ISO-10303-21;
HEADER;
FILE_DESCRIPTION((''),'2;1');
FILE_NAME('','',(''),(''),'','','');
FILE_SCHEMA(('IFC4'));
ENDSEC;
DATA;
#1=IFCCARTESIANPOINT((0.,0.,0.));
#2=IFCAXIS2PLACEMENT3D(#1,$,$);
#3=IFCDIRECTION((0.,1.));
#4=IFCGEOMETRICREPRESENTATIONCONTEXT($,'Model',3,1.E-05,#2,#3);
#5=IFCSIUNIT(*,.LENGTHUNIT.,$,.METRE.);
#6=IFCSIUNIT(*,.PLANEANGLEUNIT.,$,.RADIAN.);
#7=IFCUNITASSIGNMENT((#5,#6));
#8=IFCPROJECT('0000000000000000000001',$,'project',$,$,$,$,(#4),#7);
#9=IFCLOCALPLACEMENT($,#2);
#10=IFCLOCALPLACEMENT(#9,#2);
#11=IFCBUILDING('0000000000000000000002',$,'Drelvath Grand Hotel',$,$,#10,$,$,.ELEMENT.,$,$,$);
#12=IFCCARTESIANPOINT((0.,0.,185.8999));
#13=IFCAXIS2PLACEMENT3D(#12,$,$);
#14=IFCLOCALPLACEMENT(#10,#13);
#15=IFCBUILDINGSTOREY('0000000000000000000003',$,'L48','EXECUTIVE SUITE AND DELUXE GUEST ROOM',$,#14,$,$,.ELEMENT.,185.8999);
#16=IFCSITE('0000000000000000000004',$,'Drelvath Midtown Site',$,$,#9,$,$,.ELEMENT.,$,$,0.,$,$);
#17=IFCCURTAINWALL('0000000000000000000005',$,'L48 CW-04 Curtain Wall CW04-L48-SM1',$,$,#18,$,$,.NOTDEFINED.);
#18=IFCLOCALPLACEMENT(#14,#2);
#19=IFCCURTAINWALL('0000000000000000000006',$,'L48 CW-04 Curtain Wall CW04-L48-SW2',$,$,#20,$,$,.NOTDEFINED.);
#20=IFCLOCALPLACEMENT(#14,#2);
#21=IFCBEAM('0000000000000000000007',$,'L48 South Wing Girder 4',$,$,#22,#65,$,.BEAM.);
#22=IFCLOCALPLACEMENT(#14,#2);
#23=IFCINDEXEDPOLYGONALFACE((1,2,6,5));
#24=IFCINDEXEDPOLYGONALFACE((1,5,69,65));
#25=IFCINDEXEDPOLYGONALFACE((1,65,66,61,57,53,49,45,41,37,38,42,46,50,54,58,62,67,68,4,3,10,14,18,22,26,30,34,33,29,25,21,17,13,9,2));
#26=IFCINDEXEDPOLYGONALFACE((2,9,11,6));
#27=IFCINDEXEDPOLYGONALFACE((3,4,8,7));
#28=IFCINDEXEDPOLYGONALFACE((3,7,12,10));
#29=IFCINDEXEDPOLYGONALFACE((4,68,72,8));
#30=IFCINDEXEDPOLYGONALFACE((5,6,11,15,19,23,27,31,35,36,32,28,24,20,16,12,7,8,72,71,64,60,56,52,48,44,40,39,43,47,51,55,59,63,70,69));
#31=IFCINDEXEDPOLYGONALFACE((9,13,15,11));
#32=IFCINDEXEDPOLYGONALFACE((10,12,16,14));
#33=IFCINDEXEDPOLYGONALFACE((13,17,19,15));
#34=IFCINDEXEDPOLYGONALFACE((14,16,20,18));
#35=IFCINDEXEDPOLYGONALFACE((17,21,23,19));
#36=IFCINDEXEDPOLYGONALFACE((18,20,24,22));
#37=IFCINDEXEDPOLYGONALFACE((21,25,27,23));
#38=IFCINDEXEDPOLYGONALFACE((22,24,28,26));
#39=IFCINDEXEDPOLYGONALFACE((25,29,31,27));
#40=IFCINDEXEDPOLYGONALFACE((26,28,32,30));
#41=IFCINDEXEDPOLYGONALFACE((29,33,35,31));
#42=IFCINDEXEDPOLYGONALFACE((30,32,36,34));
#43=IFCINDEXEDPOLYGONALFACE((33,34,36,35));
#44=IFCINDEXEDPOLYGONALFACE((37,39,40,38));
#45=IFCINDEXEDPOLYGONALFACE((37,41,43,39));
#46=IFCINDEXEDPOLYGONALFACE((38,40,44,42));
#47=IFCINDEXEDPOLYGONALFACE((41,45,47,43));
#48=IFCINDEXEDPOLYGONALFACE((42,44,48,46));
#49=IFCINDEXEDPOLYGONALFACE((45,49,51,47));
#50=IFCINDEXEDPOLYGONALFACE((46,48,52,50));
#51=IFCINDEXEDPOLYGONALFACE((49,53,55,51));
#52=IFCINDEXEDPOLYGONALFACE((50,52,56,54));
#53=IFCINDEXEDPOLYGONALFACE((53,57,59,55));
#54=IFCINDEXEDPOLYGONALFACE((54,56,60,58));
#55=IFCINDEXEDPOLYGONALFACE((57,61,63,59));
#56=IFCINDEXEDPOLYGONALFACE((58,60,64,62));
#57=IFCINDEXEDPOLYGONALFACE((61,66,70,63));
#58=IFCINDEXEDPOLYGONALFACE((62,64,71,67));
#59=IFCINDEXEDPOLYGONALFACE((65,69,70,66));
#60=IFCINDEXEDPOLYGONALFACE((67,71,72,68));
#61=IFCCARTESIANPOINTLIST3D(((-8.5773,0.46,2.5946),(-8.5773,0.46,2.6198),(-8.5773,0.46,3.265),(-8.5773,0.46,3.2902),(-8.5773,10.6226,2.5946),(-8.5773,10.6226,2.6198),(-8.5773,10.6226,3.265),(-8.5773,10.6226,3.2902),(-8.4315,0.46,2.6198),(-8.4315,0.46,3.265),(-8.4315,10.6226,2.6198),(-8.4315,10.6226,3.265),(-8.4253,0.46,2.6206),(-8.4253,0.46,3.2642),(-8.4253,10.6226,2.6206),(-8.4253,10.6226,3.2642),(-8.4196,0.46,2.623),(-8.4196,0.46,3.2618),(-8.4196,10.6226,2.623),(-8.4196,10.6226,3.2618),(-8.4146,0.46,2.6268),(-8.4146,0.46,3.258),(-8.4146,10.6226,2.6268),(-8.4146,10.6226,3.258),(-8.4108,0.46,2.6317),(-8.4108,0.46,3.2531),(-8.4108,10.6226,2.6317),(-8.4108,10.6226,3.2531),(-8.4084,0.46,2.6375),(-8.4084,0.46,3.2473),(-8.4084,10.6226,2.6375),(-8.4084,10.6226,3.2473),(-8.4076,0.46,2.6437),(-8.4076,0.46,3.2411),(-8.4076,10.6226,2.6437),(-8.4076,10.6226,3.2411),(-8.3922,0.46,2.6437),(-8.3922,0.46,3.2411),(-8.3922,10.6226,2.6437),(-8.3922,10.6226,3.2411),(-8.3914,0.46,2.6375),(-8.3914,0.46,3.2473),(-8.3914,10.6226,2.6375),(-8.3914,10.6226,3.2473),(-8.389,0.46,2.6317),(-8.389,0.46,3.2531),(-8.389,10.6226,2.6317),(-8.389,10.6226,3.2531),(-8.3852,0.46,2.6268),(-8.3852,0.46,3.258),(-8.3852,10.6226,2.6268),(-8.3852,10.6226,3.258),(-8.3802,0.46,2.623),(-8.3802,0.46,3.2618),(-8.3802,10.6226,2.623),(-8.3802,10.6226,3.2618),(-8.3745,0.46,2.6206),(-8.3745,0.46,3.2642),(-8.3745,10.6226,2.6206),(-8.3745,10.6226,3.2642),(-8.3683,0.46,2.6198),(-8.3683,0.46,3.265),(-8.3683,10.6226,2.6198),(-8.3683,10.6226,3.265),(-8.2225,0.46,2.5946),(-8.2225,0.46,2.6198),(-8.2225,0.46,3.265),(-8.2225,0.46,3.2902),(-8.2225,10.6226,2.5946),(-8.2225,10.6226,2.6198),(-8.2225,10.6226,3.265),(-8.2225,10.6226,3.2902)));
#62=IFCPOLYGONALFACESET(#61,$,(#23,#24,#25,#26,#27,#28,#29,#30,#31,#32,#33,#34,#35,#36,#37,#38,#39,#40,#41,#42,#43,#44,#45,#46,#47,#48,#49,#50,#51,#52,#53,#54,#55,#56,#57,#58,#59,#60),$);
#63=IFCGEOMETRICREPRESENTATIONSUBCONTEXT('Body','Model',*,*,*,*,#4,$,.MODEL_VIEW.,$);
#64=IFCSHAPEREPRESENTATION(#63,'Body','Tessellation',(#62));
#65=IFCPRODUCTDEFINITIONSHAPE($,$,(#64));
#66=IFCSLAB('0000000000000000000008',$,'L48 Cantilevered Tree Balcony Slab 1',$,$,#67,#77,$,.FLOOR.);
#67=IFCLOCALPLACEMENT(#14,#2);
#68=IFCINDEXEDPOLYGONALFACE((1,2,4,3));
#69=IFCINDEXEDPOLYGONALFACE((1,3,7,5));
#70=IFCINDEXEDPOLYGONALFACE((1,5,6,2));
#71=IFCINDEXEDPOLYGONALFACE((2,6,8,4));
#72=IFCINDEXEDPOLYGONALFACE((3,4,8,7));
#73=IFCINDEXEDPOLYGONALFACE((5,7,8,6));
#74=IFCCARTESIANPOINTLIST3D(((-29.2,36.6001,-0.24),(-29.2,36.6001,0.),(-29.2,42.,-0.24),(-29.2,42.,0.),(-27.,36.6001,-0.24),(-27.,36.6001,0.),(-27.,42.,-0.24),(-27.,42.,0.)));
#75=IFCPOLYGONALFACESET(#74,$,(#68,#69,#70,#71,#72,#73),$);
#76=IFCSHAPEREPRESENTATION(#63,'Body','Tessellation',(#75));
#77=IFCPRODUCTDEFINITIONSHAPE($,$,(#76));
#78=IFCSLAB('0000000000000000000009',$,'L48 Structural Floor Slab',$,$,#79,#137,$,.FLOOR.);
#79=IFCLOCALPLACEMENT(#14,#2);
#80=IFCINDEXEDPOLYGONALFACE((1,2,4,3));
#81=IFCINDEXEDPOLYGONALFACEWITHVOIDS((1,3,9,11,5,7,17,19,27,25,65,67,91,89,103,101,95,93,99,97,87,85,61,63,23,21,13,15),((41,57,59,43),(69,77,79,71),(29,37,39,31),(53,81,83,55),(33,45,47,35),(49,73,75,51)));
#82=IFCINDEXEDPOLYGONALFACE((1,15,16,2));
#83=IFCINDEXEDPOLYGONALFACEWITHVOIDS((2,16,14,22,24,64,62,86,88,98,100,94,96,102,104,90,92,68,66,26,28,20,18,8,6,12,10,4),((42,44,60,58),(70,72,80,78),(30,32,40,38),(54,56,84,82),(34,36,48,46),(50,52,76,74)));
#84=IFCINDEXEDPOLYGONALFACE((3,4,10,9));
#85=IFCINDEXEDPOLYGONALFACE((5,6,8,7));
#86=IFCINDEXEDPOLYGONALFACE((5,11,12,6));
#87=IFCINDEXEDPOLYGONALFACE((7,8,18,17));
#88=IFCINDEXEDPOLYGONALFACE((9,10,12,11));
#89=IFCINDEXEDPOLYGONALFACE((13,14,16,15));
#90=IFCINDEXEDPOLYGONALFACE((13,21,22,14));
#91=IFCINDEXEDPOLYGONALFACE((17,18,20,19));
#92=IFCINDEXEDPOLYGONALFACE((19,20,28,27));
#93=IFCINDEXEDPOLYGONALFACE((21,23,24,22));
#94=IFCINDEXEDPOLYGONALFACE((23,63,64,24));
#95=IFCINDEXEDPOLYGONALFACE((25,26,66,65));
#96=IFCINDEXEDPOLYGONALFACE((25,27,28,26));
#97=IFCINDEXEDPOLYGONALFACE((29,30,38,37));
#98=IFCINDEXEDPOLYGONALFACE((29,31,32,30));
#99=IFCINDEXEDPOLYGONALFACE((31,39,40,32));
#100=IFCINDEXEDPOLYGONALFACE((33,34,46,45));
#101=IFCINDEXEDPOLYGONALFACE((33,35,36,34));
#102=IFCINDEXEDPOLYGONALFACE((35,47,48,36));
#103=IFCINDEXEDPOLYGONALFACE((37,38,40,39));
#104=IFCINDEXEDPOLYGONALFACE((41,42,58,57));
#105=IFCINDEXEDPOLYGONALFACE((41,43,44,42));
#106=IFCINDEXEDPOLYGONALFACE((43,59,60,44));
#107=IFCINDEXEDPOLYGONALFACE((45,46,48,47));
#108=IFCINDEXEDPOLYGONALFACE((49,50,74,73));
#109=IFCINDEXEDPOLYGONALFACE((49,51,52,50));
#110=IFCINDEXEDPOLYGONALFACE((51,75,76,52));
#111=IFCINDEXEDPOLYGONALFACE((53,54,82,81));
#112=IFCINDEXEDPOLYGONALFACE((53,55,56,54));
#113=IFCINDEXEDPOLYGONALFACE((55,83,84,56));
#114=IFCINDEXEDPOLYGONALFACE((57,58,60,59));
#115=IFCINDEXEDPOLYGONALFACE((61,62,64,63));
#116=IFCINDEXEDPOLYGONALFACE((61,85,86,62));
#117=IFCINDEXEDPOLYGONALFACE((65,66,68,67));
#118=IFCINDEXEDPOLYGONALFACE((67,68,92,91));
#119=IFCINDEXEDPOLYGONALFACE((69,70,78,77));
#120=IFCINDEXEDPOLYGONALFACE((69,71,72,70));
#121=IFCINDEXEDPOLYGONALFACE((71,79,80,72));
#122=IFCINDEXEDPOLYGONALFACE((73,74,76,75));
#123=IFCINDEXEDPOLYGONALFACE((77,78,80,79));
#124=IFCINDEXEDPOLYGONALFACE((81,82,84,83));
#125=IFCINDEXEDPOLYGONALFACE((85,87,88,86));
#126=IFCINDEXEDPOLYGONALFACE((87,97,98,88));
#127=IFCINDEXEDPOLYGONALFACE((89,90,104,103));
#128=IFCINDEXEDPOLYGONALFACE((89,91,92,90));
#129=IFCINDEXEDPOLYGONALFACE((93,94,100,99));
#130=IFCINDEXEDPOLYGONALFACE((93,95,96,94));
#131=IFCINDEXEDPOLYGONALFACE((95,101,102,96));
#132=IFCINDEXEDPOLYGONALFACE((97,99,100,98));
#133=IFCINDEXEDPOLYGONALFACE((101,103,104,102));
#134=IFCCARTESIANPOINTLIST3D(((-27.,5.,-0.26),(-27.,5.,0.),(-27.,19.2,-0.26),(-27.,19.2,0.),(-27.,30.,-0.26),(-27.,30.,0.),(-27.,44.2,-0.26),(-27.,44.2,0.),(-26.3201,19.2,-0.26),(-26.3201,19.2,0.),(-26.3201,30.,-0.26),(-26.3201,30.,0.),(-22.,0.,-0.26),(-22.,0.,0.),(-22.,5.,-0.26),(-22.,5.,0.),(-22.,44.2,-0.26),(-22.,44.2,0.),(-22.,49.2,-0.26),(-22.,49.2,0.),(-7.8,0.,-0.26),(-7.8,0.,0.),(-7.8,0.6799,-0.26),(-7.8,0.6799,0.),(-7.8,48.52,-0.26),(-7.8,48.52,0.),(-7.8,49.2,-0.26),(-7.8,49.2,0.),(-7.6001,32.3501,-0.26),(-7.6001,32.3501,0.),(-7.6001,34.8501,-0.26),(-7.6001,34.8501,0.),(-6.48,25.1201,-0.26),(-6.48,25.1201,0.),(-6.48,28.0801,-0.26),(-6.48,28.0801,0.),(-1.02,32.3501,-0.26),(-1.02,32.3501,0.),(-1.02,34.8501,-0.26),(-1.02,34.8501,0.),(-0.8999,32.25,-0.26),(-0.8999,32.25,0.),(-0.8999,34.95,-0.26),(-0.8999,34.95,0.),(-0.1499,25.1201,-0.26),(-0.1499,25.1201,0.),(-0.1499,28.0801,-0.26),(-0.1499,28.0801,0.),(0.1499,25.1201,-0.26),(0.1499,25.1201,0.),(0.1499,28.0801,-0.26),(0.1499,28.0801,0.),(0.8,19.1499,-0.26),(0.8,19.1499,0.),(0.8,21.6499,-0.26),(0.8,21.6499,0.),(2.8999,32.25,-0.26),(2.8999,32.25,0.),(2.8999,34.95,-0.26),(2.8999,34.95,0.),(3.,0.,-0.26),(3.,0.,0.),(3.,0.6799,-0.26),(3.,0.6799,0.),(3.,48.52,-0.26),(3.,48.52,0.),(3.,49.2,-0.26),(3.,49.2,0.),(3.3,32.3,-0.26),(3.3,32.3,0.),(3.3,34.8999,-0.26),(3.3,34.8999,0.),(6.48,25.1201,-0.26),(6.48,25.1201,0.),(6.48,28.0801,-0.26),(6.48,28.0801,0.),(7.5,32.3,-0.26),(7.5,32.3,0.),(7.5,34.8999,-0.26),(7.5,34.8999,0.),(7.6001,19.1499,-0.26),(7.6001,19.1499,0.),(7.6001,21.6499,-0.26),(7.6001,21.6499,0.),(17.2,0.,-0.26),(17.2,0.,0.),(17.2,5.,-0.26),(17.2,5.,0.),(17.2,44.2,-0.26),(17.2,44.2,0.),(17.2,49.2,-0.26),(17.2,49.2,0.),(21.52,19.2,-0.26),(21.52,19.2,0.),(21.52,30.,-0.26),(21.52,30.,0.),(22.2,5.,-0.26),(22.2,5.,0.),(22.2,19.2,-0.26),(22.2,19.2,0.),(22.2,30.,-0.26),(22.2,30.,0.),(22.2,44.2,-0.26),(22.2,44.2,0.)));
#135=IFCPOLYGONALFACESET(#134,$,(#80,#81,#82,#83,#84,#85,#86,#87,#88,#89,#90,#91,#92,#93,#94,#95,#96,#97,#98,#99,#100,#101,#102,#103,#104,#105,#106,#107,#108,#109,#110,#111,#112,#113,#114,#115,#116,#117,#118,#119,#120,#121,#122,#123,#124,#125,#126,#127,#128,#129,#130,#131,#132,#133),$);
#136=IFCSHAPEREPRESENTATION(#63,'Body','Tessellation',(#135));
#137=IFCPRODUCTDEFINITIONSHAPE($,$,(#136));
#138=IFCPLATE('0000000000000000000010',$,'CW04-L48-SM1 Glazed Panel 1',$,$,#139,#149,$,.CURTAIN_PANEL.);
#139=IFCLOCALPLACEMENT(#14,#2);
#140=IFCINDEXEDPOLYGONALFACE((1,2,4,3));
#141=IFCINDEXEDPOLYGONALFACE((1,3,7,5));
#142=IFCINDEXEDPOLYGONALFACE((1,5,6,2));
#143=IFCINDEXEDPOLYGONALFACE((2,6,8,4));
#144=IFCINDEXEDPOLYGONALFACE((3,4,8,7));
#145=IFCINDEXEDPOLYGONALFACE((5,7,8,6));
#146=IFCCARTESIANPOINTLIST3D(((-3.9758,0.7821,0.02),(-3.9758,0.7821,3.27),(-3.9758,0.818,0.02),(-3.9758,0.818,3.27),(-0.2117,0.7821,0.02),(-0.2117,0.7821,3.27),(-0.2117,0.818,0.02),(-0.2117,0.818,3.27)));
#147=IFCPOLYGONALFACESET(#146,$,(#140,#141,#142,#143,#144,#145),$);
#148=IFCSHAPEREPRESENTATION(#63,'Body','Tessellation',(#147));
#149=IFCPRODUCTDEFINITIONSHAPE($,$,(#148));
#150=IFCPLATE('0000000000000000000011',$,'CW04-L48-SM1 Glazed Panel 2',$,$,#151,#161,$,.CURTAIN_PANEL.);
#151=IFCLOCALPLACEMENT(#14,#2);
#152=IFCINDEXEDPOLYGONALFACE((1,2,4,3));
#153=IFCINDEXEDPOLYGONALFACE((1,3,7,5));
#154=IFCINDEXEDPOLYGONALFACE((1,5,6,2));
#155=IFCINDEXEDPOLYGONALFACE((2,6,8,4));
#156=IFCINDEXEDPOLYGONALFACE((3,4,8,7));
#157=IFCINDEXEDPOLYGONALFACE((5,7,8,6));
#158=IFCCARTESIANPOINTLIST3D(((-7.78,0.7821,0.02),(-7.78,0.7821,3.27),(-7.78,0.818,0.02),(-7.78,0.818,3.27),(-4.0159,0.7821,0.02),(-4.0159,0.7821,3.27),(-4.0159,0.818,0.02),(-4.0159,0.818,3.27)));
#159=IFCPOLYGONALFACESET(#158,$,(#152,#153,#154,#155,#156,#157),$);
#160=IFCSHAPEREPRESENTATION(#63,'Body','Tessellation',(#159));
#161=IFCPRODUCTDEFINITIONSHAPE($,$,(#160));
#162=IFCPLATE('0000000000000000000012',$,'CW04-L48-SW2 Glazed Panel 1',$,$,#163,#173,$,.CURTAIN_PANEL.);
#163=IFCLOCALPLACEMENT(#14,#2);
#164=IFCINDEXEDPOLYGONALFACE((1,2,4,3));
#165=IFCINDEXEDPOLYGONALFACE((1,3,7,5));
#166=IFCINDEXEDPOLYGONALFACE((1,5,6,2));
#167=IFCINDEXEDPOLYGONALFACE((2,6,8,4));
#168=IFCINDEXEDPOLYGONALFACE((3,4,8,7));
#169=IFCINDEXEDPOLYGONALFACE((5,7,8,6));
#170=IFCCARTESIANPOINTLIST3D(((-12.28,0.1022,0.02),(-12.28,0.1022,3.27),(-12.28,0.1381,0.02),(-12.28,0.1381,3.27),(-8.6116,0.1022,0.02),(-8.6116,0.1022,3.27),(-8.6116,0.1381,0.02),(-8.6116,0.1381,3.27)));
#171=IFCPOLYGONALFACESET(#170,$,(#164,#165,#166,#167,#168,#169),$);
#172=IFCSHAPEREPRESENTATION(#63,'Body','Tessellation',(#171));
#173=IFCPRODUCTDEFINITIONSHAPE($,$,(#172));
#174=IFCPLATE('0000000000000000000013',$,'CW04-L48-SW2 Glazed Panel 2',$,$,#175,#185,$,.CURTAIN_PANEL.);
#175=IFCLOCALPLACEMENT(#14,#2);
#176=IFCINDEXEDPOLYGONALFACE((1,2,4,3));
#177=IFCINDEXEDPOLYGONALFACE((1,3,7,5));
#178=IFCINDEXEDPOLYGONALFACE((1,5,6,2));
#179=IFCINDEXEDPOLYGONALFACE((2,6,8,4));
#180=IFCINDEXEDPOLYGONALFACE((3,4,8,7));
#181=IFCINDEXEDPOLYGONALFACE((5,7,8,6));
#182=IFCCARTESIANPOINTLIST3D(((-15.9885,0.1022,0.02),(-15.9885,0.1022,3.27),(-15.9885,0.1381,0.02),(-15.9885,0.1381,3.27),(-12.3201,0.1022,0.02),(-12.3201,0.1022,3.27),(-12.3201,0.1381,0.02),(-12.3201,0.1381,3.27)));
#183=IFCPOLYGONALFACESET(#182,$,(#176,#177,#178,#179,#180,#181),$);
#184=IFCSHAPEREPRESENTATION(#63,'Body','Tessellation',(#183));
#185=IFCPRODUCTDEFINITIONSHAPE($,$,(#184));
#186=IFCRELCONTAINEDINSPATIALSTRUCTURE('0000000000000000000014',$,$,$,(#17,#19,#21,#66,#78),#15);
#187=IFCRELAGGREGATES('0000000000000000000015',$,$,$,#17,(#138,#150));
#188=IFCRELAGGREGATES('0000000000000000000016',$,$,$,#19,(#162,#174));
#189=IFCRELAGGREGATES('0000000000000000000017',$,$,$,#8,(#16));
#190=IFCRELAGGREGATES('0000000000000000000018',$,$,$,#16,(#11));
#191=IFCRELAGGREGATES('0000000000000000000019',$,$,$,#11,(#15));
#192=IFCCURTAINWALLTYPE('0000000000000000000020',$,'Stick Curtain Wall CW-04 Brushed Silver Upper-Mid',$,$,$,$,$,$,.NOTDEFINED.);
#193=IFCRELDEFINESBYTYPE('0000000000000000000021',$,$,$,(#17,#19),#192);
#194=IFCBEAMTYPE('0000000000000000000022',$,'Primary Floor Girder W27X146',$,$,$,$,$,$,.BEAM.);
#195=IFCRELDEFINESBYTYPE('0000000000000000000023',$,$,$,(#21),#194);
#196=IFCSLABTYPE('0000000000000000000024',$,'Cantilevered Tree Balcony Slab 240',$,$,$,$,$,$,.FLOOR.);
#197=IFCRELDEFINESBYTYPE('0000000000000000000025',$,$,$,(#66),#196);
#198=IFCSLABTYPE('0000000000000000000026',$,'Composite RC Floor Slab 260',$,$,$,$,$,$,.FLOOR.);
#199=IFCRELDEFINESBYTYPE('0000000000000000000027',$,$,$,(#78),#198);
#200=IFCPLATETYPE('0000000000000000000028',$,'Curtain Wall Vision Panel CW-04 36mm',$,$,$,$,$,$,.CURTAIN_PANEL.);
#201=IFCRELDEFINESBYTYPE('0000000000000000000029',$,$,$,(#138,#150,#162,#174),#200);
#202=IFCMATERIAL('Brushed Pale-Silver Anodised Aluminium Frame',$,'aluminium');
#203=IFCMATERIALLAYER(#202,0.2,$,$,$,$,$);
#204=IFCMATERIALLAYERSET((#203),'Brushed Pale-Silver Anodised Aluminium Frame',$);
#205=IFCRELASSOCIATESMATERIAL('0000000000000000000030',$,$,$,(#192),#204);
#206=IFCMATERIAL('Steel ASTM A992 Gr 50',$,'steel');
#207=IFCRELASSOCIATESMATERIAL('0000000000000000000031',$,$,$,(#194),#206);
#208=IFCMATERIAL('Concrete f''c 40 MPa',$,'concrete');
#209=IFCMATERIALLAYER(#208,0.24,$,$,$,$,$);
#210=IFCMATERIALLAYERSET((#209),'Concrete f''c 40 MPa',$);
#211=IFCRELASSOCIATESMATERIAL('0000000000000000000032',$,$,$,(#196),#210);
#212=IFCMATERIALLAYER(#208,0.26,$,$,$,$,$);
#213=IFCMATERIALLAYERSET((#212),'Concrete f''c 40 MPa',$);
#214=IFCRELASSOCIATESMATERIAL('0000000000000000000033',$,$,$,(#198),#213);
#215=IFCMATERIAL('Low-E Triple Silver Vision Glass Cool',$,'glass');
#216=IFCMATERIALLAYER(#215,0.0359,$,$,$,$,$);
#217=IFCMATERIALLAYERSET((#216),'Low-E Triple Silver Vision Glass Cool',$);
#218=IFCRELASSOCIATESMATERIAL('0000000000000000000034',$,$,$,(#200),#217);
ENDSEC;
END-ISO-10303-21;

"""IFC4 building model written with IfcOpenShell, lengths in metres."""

from ifc_helpers import new_model, si_unit, direction, frame, origin, origin_2d, place, context, subcontext, project, spatial, polyline, rectangle, i_section, outline, extrude, material, layer, layer_set, material_profile, profile_set, type_object, element, aggregate, save


model = new_model("IFC4")

# Units and contexts
model_context = context("Model", 3, precision=1e-05, world=origin(), true_north=direction((0.0, 1.0)))
body_context = subcontext(model_context, "Body", "Model", "MODEL_VIEW")
ifc_project = project(units=[si_unit("LENGTHUNIT", "METRE"), si_unit("PLANEANGLEUNIT", "RADIAN")], contexts=[model_context])

# Site, building, storey
site_placement = place(None, origin())
site = spatial("IfcSite", under=ifc_project, at=site_placement, Name="Drelvath Midtown Site", CompositionType="ELEMENT", RefElevation=0.0)
building_placement = place(site_placement, origin())
building = spatial("IfcBuilding", under=site, at=building_placement, Name="Drelvath Grand Hotel", CompositionType="ELEMENT")
storey_placement = place(building_placement, frame((0.0, 0.0, 185.8999)))
storey = spatial("IfcBuildingStorey", under=building, at=storey_placement, Name="L48", Description="EXECUTIVE SUITE AND DELUXE GUEST ROOM", CompositionType="ELEMENT", Elevation=185.8999)

# Curtain walls
ifc_material_1 = material(Name="Brushed Pale-Silver Anodised Aluminium Frame", Category="aluminium")
ifc_layer_1 = layer(ifc_material_1, 0.2)
ifc_layer_set_1 = layer_set([ifc_layer_1], Name="Brushed Pale-Silver Anodised Aluminium Frame")
curtain_wall_type = type_object("IfcCurtainWallType", Name="Stick Curtain Wall CW-04 Brushed Silver Upper-Mid", PredefinedType="NOTDEFINED", material=ifc_layer_set_1)
curtain_wall_1_placement = place(storey_placement, origin())
curtain_wall_1 = element("IfcCurtainWall", 1, at=curtain_wall_1_placement, inside=storey, type_object=curtain_wall_type, Name="L48 CW-04 Curtain Wall CW04-L48-SM1", PredefinedType="NOTDEFINED")
curtain_wall_2_placement = place(storey_placement, origin())
curtain_wall_2 = element("IfcCurtainWall", 2, at=curtain_wall_2_placement, inside=storey, type_object=curtain_wall_type, Name="L48 CW-04 Curtain Wall CW04-L48-SW2", PredefinedType="NOTDEFINED")

# Beam
ifc_material_2 = material(Name="Steel ASTM A992 Gr 50", Category="steel")
ifc_material_profile_1 = material_profile(ifc_material_2, i_section(OverallWidth=0.3547, OverallDepth=0.6956, WebThickness=0.0154, FlangeThickness=0.0251, FilletRadius=0.0239, at=origin_2d()), Name="W27X146")
ifc_profile_set_1 = profile_set([ifc_material_profile_1], Name="Steel ASTM A992 Gr 50")
beam_type_1 = type_object("IfcBeamType", Name="Primary Floor Girder W27X146", PredefinedType="BEAM", material=ifc_profile_set_1)
beam_1_placement = place(storey_placement, frame((-8.3999, 0.46, 2.9424), z_axis=(0.0, 1.0, 0.0), x_axis=(-1.0, 0.0, 0.0)))
element("IfcBeam", 3, at=beam_1_placement, inside=storey, type_object=beam_type_1, Name="L48 South Wing Girder 4", PredefinedType="BEAM", context=body_context, shape_type="SweptSolid", body=[
    extrude(i_section(OverallWidth=0.3547, OverallDepth=0.6956, WebThickness=0.0154, FlangeThickness=0.0251, FilletRadius=0.0239, at=origin_2d()), origin(), (0.0, 0.0, 1.0), 10.1626),
])

# Slabs
ifc_material_3 = material(Name="Concrete f'c 40 MPa", Category="concrete")
ifc_layer_2 = layer(ifc_material_3, 0.24)
ifc_layer_set_2 = layer_set([ifc_layer_2], Name="Concrete f'c 40 MPa")
slab_type_1 = type_object("IfcSlabType", Name="Cantilevered Tree Balcony Slab 240", PredefinedType="FLOOR", material=ifc_layer_set_2)
slab_1_placement = place(storey_placement, frame((0.0, 0.0, -0.24)))
element("IfcSlab", 4, at=slab_1_placement, inside=storey, type_object=slab_type_1, Name="L48 Cantilevered Tree Balcony Slab 1", PredefinedType="FLOOR", context=body_context, shape_type="SweptSolid", body=[
    extrude(outline(polyline([(-29.2, 36.6001), (-27.0, 36.6001), (-27.0, 42.0), (-29.2, 42.0), (-29.2, 36.6001)])), origin(), (0.0, 0.0, 1.0), 0.24),
])
ifc_layer_3 = layer(ifc_material_3, 0.26)
ifc_layer_set_3 = layer_set([ifc_layer_3], Name="Concrete f'c 40 MPa")
slab_type_2 = type_object("IfcSlabType", Name="Composite RC Floor Slab 260", PredefinedType="FLOOR", material=ifc_layer_set_3)
slab_2_placement = place(storey_placement, frame((0.0, 0.0, -0.26)))
element("IfcSlab", 5, at=slab_2_placement, inside=storey, type_object=slab_type_2, Name="L48 Structural Floor Slab", PredefinedType="FLOOR", context=body_context, shape_type="SweptSolid", body=[
    extrude(outline(polyline([(-22.0, 0.0), (-7.8, 0.0), (-7.8, 0.6799), (3.0, 0.6799), (3.0, 0.0), (17.2, 0.0), (17.2, 5.0), (22.2, 5.0), (22.2, 19.2), (21.52, 19.2), (21.52, 30.0), (22.2, 30.0), (22.2, 44.2), (17.2, 44.2), (17.2, 49.2), (3.0, 49.2), (3.0, 48.52), (-7.8, 48.52), (-7.8, 49.2), (-22.0, 49.2), (-22.0, 44.2), (-27.0, 44.2), (-27.0, 30.0), (-26.3201, 30.0), (-26.3201, 19.2), (-27.0, 19.2), (-27.0, 5.0), (-22.0, 5.0), (-22.0, 0.0)]), holes=[polyline([(-6.48, 25.1201), (-6.48, 28.0801), (-0.1499, 28.0801), (-0.1499, 25.1201), (-6.48, 25.1201)]), polyline([(0.1499, 25.1201), (0.1499, 28.0801), (6.48, 28.0801), (6.48, 25.1201), (0.1499, 25.1201)]), polyline([(0.8, 19.1499), (0.8, 21.6499), (7.6001, 21.6499), (7.6001, 19.1499), (0.8, 19.1499)]), polyline([(-7.6001, 32.3501), (-7.6001, 34.8501), (-1.02, 34.8501), (-1.02, 32.3501), (-7.6001, 32.3501)]), polyline([(-0.8999, 32.25), (-0.8999, 34.95), (2.8999, 34.95), (2.8999, 32.25), (-0.8999, 32.25)]), polyline([(3.3, 32.3), (3.3, 34.8999), (7.5, 34.8999), (7.5, 32.3), (3.3, 32.3)])]), origin(), (0.0, 0.0, 1.0), 0.26),
])

# Plates
ifc_material_4 = material(Name="Low-E Triple Silver Vision Glass Cool", Category="glass")
ifc_layer_4 = layer(ifc_material_4, 0.0359)
ifc_layer_set_4 = layer_set([ifc_layer_4], Name="Low-E Triple Silver Vision Glass Cool")
plate_type = type_object("IfcPlateType", Name="Curtain Wall Vision Panel CW-04 36mm", PredefinedType="CURTAIN_PANEL", material=ifc_layer_set_4)
plate_1_placement = place(storey_placement, frame((-2.0938, 0.8, 0.02), z_axis=(0.0, 0.0, 1.0), x_axis=(-1.0, 0.0, 0.0)))
plate_1 = element("IfcPlate", 6, at=plate_1_placement, type_object=plate_type, Name="CW04-L48-SM1 Glazed Panel 1", PredefinedType="CURTAIN_PANEL", context=body_context, shape_type="SweptSolid", body=[
    extrude(rectangle(XDim=3.7642, YDim=0.0359, at=origin_2d()), origin(), (0.0, 0.0, 1.0), 3.25),
])
plate_2_placement = place(storey_placement, frame((-5.8979, 0.8, 0.02), z_axis=(0.0, 0.0, 1.0), x_axis=(-1.0, 0.0, 0.0)))
plate_2 = element("IfcPlate", 7, at=plate_2_placement, type_object=plate_type, Name="CW04-L48-SM1 Glazed Panel 2", PredefinedType="CURTAIN_PANEL", context=body_context, shape_type="SweptSolid", body=[
    extrude(rectangle(XDim=3.7642, YDim=0.0359, at=origin_2d()), origin(), (0.0, 0.0, 1.0), 3.25),
])
aggregate(curtain_wall_1, [plate_1, plate_2])
plate_3_placement = place(storey_placement, frame((-10.4458, 0.1201, 0.02), z_axis=(0.0, 0.0, 1.0), x_axis=(-1.0, 0.0, 0.0)))
plate_3 = element("IfcPlate", 8, at=plate_3_placement, type_object=plate_type, Name="CW04-L48-SW2 Glazed Panel 1", PredefinedType="CURTAIN_PANEL", context=body_context, shape_type="SweptSolid", body=[
    extrude(rectangle(XDim=3.6685, YDim=0.0359, at=origin_2d()), origin(), (0.0, 0.0, 1.0), 3.25),
])
plate_4_placement = place(storey_placement, frame((-14.1543, 0.1201, 0.02), z_axis=(0.0, 0.0, 1.0), x_axis=(-1.0, 0.0, 0.0)))
plate_4 = element("IfcPlate", 9, at=plate_4_placement, type_object=plate_type, Name="CW04-L48-SW2 Glazed Panel 2", PredefinedType="CURTAIN_PANEL", context=body_context, shape_type="SweptSolid", body=[
    extrude(rectangle(XDim=3.6685, YDim=0.0359, at=origin_2d()), origin(), (0.0, 0.0, 1.0), 3.25),
])
aggregate(curtain_wall_2, [plate_3, plate_4])

save(model, "model.ifc")
